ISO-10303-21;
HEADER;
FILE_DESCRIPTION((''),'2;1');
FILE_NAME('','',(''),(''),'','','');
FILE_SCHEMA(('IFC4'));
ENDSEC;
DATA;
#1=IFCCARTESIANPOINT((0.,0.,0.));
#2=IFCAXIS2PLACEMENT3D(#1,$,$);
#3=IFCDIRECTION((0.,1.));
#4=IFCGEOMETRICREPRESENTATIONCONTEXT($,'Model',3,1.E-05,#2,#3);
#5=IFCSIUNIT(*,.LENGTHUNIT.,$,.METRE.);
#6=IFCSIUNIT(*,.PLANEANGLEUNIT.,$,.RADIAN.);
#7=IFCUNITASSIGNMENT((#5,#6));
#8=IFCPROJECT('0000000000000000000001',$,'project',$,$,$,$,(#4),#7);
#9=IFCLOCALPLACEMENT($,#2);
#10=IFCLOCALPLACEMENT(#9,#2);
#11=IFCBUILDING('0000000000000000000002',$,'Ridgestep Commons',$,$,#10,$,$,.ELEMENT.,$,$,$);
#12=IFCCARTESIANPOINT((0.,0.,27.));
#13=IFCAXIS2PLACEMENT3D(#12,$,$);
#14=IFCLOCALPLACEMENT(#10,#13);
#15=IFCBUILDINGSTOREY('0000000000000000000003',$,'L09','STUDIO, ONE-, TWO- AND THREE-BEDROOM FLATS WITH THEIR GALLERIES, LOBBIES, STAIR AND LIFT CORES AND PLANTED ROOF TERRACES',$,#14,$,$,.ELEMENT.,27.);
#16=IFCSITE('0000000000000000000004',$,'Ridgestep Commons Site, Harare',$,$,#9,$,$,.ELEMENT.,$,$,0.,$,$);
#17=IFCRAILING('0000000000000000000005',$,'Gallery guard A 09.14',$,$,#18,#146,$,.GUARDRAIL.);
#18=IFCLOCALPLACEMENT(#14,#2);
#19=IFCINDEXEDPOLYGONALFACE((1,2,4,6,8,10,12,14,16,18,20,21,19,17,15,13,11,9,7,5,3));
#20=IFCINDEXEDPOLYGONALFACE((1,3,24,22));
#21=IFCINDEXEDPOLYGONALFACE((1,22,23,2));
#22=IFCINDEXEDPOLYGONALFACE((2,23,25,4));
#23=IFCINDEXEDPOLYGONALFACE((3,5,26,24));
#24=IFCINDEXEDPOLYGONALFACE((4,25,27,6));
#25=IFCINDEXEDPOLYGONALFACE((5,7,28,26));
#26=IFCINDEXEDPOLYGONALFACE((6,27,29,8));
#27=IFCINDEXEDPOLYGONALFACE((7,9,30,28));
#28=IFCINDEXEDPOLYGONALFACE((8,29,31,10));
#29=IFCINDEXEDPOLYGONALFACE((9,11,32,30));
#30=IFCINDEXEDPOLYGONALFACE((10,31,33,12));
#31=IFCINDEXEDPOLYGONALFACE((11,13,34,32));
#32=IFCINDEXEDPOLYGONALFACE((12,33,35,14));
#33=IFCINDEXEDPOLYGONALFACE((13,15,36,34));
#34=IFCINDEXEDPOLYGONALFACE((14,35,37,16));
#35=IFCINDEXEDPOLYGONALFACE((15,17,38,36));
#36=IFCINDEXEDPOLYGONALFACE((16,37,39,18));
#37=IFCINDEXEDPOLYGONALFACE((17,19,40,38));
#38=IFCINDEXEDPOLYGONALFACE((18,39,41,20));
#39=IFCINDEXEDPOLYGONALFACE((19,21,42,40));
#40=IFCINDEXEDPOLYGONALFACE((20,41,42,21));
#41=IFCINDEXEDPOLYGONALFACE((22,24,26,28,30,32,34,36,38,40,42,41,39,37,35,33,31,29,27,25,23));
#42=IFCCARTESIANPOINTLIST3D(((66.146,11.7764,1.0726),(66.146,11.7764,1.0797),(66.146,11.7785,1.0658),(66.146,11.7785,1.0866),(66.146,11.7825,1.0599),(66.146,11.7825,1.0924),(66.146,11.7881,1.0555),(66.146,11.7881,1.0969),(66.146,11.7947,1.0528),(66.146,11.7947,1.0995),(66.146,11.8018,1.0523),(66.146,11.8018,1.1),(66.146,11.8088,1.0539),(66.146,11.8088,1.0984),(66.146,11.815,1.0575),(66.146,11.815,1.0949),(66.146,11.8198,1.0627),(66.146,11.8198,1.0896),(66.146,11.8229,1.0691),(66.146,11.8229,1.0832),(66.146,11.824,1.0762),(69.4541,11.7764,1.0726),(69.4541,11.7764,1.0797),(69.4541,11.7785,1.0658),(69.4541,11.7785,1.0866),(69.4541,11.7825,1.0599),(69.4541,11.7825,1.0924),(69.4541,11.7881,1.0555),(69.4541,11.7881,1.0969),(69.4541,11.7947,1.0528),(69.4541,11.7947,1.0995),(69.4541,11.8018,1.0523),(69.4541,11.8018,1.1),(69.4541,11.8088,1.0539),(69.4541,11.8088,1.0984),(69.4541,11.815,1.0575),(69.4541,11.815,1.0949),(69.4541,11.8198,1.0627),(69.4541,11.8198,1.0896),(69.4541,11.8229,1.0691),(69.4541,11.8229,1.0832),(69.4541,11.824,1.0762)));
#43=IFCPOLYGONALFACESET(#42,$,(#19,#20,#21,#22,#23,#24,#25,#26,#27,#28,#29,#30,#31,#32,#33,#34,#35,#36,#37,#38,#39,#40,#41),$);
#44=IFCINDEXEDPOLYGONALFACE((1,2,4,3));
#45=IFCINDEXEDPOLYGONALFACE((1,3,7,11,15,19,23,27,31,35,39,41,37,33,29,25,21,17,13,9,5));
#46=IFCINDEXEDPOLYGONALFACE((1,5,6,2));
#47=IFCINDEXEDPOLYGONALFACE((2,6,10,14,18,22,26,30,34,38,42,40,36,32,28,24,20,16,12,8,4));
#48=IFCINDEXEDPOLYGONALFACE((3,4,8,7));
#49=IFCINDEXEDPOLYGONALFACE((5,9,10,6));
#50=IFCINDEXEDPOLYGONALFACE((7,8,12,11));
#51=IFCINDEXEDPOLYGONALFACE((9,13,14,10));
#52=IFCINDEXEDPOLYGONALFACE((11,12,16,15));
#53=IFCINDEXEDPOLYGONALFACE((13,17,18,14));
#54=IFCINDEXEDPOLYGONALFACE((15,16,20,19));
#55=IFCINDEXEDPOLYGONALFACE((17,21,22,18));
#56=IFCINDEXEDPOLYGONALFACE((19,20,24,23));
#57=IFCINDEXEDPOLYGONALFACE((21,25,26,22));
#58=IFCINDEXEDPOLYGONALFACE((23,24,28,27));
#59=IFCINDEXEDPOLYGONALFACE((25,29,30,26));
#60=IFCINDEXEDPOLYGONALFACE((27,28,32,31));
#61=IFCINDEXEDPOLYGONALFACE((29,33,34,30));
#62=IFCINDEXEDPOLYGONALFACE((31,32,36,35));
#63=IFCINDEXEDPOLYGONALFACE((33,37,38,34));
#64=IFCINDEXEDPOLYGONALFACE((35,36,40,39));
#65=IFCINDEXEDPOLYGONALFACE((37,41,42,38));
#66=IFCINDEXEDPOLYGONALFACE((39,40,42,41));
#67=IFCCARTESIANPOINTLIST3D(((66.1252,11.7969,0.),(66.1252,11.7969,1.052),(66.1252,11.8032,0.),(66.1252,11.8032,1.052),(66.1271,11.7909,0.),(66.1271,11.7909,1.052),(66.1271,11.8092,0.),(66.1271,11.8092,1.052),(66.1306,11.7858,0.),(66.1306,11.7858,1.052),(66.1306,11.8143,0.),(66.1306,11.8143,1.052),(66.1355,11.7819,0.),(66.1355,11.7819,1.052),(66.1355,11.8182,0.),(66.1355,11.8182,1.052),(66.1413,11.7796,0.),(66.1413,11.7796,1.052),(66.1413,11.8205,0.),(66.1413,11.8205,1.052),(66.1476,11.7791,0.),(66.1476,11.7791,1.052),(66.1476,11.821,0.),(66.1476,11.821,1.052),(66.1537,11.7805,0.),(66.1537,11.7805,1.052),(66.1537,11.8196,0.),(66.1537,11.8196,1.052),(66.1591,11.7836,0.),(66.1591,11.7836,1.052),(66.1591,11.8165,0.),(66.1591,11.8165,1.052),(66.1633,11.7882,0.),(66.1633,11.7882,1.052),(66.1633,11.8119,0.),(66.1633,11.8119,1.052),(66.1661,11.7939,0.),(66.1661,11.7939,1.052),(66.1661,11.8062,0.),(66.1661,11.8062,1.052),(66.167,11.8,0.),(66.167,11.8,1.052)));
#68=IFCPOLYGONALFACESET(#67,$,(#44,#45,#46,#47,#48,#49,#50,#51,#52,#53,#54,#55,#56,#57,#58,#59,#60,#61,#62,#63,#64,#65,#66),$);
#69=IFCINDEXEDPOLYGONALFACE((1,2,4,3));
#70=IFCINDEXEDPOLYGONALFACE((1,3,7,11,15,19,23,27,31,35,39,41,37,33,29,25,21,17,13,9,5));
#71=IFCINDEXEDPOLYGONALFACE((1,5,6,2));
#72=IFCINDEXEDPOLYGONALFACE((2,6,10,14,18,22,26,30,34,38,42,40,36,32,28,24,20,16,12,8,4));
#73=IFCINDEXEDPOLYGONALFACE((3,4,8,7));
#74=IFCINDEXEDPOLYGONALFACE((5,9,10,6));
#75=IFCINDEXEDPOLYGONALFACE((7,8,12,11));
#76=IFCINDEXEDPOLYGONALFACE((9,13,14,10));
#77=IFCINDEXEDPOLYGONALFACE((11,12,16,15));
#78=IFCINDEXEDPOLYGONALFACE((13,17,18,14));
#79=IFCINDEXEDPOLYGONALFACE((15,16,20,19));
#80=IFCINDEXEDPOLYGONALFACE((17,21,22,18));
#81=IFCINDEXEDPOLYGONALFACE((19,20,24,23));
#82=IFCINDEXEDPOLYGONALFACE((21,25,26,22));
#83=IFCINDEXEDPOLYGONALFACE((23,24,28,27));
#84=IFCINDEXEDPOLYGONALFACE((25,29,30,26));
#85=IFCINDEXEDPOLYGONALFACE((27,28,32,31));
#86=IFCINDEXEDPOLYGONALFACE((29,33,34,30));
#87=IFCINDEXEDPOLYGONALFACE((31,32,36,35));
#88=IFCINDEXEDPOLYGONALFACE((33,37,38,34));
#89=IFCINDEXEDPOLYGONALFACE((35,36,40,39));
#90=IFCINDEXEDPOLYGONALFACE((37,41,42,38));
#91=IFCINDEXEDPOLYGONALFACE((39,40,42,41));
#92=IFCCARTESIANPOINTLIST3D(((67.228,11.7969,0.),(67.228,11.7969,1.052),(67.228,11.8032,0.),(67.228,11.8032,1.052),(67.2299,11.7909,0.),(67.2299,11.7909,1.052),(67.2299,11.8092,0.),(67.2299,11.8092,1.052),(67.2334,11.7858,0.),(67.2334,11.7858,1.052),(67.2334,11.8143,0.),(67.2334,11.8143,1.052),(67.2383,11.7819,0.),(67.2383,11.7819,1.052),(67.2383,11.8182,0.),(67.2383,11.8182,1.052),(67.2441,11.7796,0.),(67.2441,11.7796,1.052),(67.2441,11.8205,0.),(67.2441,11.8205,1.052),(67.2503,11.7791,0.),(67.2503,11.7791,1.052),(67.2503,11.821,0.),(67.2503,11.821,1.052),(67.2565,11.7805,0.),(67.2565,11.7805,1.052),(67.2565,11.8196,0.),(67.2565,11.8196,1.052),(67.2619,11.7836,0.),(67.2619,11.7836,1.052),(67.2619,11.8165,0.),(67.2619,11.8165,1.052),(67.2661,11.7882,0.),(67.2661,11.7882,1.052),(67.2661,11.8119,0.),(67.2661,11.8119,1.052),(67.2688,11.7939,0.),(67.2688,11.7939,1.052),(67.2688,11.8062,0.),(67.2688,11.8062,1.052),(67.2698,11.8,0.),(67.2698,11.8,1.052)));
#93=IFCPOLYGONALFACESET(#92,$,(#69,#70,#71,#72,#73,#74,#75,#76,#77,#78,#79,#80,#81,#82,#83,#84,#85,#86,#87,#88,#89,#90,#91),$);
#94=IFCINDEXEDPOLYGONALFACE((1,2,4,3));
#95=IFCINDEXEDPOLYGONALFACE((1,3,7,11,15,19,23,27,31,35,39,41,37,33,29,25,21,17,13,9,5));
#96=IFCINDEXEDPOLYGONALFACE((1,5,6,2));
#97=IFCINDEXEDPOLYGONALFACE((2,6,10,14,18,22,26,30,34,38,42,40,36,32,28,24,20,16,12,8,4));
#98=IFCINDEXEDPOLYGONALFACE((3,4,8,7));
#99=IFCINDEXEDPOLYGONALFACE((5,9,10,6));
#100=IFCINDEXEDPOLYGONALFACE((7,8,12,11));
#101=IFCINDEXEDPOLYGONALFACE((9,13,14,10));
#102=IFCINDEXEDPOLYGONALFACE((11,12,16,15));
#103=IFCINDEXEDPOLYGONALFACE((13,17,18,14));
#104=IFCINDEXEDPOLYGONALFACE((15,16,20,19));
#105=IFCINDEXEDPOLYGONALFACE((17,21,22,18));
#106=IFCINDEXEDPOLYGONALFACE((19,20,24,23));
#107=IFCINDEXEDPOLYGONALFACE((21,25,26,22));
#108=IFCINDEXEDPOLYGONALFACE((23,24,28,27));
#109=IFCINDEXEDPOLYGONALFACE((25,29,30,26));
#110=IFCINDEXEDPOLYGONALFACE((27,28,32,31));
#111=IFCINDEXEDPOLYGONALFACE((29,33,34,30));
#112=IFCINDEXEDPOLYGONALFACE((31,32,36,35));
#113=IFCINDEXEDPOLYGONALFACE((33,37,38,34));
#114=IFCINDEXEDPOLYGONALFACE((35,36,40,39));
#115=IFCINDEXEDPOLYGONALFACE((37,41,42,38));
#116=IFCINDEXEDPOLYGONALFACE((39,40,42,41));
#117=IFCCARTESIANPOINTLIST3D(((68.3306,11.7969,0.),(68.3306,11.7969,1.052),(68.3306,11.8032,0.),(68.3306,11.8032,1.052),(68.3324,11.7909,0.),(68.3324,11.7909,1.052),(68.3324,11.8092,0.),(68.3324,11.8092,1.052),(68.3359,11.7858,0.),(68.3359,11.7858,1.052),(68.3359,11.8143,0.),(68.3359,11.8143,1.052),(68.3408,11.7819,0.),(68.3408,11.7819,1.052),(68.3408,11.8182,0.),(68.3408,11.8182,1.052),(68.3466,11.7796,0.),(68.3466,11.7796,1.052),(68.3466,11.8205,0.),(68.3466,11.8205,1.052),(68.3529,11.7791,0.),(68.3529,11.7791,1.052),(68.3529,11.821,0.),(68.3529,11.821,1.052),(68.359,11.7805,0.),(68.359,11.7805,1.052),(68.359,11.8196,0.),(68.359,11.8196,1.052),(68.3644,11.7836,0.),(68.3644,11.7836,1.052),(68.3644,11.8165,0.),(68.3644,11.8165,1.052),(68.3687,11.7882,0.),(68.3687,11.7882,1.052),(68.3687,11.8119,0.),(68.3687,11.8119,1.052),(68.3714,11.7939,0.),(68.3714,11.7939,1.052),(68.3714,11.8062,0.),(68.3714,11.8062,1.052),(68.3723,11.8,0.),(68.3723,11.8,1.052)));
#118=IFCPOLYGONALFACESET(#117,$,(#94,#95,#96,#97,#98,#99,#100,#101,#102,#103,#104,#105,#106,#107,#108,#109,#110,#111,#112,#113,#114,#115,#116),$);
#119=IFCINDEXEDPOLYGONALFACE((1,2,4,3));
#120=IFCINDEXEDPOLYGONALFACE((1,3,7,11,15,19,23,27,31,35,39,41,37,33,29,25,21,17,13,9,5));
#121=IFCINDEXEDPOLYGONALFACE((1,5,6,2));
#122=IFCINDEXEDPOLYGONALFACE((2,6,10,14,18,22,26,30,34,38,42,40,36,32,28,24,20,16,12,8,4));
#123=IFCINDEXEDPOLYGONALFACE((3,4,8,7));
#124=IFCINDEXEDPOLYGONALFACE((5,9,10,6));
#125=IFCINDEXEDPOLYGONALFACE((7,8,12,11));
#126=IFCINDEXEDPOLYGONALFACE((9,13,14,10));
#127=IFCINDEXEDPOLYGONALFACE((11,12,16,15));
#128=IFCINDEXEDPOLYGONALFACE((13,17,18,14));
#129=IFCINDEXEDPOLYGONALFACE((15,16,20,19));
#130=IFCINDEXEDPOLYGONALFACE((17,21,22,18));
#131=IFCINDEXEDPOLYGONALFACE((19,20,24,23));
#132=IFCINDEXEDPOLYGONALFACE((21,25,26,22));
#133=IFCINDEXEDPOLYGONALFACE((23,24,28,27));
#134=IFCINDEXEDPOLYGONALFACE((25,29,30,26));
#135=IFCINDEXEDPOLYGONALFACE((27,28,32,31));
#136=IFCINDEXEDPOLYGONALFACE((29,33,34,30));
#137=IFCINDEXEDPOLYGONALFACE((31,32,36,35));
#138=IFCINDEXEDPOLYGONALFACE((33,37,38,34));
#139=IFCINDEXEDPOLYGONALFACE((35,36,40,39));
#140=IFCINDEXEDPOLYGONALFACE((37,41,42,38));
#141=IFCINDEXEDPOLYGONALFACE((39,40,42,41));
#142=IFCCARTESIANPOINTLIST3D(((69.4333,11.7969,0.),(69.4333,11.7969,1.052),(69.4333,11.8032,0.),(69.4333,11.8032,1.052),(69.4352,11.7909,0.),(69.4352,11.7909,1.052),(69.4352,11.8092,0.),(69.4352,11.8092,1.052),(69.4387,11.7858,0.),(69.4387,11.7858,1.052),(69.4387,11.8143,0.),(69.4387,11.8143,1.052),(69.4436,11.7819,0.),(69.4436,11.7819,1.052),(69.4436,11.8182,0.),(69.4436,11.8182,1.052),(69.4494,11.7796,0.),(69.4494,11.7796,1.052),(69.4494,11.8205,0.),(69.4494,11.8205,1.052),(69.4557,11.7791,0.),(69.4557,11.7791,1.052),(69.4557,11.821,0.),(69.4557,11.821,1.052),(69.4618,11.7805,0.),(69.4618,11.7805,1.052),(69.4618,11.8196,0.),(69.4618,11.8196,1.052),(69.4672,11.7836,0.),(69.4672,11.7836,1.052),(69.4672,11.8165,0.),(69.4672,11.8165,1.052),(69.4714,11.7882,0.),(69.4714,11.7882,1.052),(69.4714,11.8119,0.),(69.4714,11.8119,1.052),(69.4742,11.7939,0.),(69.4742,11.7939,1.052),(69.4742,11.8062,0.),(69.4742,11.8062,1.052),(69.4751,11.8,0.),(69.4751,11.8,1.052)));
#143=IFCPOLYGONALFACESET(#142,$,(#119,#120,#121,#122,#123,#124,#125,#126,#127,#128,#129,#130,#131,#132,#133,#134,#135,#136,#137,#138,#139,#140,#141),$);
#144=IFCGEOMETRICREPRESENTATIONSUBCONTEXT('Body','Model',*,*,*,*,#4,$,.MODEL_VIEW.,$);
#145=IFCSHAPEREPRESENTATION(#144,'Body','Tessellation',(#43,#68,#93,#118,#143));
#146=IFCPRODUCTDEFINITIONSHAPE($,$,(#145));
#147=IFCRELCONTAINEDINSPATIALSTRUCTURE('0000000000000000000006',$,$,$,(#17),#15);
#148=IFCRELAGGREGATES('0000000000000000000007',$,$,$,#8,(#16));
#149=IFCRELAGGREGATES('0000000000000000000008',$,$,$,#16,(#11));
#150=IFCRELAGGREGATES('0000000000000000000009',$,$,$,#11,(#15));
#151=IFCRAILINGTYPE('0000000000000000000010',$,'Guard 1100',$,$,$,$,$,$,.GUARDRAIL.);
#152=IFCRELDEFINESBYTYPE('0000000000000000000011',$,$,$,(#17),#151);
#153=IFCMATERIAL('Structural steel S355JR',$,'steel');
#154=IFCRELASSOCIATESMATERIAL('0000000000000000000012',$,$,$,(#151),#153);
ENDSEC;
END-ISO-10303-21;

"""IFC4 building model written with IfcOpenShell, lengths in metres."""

from ifc_helpers import new_model, si_unit, direction, frame, origin, origin_2d, place, context, subcontext, project, spatial, circle, extrude, material, type_object, element, save


model = new_model("IFC4")

# Units and contexts
model_context = context("Model", 3, precision=1e-05, world=origin(), true_north=direction((0.0, 1.0)))
body_context = subcontext(model_context, "Body", "Model", "MODEL_VIEW")
ifc_project = project(units=[si_unit("LENGTHUNIT", "METRE"), si_unit("PLANEANGLEUNIT", "RADIAN")], contexts=[model_context])

# Site, building, storey
site_placement = place(None, origin())
site = spatial("IfcSite", under=ifc_project, at=site_placement, Name="Ridgestep Commons Site, Harare", CompositionType="ELEMENT", RefElevation=0.0)
building_placement = place(site_placement, origin())
building = spatial("IfcBuilding", under=site, at=building_placement, Name="Ridgestep Commons", CompositionType="ELEMENT")
storey_placement = place(building_placement, frame((0.0, 0.0, 27.0)))
storey = spatial("IfcBuildingStorey", under=building, at=storey_placement, Name="L09", Description="STUDIO, ONE-, TWO- AND THREE-BEDROOM FLATS WITH THEIR GALLERIES, LOBBIES, STAIR AND LIFT CORES AND PLANTED ROOF TERRACES", CompositionType="ELEMENT", Elevation=27.0)

# Railing
ifc_material_1 = material(Name="Structural steel S355JR", Category="steel")
railing_type = type_object("IfcRailingType", Name="Guard 1100", PredefinedType="GUARDRAIL", material=ifc_material_1)
railing_1_placement = place(storey_placement, frame((66.146, 11.8, 0.0)))
element("IfcRailing", 1, at=railing_1_placement, inside=storey, type_object=railing_type, Name="Gallery guard A 09.14", PredefinedType="GUARDRAIL", context=body_context, shape_type="SweptSolid", body=[
    extrude(circle(Radius=0.0239, at=origin_2d()), frame((0.0, 0.0, 1.0762), z_axis=(1.0, 0.0, 0.0), x_axis=(0.0, 1.0, 0.0)), (0.0, 0.0, 1.0), 3.3081),
    extrude(circle(Radius=0.021, at=origin_2d()), origin(), (0.0, 0.0, 1.0), 1.052),
    extrude(circle(Radius=0.021, at=origin_2d()), frame((1.1028, 0.0, 0.0)), (0.0, 0.0, 1.0), 1.052),
    extrude(circle(Radius=0.021, at=origin_2d()), frame((2.2053, 0.0, 0.0)), (0.0, 0.0, 1.0), 1.052),
    extrude(circle(Radius=0.021, at=origin_2d()), frame((3.3081, 0.0, 0.0)), (0.0, 0.0, 1.0), 1.052),
])

save(model, "model.ifc")
